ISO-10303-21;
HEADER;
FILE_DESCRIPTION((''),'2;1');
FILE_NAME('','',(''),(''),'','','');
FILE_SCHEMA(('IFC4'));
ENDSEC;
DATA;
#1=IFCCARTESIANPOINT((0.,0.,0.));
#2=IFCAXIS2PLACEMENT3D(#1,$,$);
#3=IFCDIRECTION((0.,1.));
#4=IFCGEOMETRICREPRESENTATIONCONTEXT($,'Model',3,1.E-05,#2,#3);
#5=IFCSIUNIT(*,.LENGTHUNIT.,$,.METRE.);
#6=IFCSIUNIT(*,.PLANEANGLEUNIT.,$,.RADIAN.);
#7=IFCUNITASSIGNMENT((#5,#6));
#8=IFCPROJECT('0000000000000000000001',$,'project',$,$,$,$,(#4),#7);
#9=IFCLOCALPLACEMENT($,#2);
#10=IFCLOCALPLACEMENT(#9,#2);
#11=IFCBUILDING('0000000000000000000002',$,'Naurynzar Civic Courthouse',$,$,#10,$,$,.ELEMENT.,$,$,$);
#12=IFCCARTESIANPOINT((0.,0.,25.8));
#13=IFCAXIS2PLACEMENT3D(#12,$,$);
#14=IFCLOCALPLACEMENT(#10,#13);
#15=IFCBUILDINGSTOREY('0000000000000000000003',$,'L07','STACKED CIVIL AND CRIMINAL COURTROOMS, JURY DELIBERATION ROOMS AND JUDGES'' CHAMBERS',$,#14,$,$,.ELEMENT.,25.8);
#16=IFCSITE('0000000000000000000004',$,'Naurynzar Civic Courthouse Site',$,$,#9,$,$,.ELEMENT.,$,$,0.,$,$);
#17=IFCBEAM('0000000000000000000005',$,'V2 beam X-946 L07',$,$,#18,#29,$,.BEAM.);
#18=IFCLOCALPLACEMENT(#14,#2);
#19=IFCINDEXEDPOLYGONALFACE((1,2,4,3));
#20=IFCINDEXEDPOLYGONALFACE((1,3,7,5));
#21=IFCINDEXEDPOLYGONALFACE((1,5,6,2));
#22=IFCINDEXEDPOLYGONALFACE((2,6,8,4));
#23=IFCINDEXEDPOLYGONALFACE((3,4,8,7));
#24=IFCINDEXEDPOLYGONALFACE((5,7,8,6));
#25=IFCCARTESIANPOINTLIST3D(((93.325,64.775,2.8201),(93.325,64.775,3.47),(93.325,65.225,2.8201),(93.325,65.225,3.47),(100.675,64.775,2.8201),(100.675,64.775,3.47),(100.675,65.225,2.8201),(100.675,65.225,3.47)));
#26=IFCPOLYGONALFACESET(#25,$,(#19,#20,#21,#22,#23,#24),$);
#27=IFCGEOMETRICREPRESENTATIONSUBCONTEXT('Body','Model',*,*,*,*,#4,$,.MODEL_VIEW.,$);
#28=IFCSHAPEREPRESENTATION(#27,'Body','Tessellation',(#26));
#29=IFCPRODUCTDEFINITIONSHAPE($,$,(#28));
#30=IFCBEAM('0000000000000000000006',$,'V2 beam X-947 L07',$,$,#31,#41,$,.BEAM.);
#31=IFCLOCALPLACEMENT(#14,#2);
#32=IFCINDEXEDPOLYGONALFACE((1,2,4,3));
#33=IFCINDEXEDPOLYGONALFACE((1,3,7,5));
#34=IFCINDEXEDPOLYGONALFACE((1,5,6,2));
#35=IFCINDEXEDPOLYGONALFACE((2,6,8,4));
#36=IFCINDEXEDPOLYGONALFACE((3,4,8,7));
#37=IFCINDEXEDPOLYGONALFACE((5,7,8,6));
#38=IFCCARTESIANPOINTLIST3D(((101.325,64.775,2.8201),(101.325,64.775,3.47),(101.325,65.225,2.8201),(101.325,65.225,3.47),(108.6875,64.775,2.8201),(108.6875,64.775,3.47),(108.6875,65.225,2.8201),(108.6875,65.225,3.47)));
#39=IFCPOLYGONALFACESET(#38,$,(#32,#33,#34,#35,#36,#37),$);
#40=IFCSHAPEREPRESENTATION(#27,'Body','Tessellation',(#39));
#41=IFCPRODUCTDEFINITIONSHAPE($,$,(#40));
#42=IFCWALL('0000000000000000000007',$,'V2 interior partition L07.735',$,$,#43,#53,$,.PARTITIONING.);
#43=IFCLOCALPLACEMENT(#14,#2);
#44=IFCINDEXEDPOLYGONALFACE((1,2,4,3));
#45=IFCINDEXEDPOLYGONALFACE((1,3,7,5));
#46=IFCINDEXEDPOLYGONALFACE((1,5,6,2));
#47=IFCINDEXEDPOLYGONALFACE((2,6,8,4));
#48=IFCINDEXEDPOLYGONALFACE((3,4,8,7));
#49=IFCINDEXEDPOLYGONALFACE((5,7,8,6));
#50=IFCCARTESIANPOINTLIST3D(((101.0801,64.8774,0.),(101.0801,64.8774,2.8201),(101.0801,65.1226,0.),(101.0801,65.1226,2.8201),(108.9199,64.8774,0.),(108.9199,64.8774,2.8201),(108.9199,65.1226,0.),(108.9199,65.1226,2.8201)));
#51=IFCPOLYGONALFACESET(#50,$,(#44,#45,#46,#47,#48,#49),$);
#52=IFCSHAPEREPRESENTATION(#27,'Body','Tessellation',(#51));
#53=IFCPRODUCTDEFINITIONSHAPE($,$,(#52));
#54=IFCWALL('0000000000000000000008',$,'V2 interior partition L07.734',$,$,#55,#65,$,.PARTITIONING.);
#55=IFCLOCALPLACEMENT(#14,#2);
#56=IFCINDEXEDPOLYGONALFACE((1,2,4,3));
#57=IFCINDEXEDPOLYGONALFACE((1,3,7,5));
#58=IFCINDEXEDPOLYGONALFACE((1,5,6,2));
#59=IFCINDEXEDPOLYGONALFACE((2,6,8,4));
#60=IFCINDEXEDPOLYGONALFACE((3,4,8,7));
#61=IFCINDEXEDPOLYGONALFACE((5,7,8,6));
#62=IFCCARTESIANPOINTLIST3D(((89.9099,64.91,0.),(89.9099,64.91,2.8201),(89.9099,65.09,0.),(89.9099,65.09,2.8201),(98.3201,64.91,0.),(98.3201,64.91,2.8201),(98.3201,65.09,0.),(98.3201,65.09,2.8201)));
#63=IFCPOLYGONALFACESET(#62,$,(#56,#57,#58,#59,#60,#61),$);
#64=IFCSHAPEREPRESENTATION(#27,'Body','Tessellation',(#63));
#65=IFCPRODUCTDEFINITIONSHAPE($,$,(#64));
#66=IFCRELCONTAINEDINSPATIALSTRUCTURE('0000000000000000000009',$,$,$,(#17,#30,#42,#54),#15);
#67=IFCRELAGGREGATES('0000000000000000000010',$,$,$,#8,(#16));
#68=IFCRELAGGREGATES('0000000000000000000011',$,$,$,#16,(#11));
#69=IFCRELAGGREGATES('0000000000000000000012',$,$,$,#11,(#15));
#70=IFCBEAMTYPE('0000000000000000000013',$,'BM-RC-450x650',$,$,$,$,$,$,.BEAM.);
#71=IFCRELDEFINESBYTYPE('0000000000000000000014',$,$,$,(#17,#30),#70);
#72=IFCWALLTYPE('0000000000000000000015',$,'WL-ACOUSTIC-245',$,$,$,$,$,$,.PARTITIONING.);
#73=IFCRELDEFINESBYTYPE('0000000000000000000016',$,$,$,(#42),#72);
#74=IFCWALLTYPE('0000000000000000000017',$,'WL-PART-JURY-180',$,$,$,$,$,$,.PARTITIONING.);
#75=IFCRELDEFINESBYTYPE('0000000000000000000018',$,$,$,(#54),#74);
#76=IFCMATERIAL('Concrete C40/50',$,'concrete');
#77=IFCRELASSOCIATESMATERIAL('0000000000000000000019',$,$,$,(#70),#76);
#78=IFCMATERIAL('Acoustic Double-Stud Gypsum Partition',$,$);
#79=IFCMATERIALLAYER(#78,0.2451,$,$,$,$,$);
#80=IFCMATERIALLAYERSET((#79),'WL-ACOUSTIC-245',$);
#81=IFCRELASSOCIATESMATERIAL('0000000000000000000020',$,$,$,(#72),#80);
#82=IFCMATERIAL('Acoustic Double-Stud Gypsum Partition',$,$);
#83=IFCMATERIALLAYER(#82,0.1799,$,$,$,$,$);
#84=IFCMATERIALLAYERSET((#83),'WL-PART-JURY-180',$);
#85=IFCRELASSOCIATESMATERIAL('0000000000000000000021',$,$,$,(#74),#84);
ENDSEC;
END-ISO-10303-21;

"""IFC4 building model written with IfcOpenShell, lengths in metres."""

from ifc_helpers import new_model, si_unit, direction, frame, frame_2d, origin, origin_2d, place, context, subcontext, project, spatial, rectangle, extrude, material, layer, layer_set, material_profile, profile_set, type_object, element, save


model = new_model("IFC4")

# Units and contexts
model_context = context("Model", 3, precision=1e-05, world=origin(), true_north=direction((0.0, 1.0)))
body_context = subcontext(model_context, "Body", "Model", "MODEL_VIEW")
ifc_project = project(units=[si_unit("LENGTHUNIT", "METRE"), si_unit("PLANEANGLEUNIT", "RADIAN")], contexts=[model_context])

# Site, building, storey
site_placement = place(None, origin())
site = spatial("IfcSite", under=ifc_project, at=site_placement, Name="Naurynzar Civic Courthouse Site", CompositionType="ELEMENT", RefElevation=0.0)
building_placement = place(site_placement, origin())
building = spatial("IfcBuilding", under=site, at=building_placement, Name="Naurynzar Civic Courthouse", CompositionType="ELEMENT")
storey_placement = place(building_placement, frame((0.0, 0.0, 25.8)))
storey = spatial("IfcBuildingStorey", under=building, at=storey_placement, Name="L07", Description="STACKED CIVIL AND CRIMINAL COURTROOMS, JURY DELIBERATION ROOMS AND JUDGES' CHAMBERS", CompositionType="ELEMENT", Elevation=25.8)

# Beams
ifc_material_1 = material(Name="Concrete C40/50", Category="concrete")
ifc_material_profile_1 = material_profile(ifc_material_1, rectangle(XDim=0.45, YDim=0.6499, at=origin_2d()), Name="RCB 450x650")
ifc_profile_set_1 = profile_set([ifc_material_profile_1], Name="Concrete C40/50")
beam_type_1 = type_object("IfcBeamType", Name="BM-RC-450x650", PredefinedType="BEAM", material=ifc_profile_set_1)
for number, where, z_axis, x_axis, name in (
    (1, (93.325, 65.0, 3.145), (1.0, 0.0, 0.0), (0.0, 1.0, 0.0), "V2 beam X-946 L07"),
):
    element("IfcBeam", number, at=place(storey_placement, frame(where, z_axis=z_axis, x_axis=x_axis)), inside=storey, type_object=beam_type_1, Name=name, PredefinedType="BEAM", context=body_context, shape_type="SweptSolid", body=[
        extrude(rectangle(XDim=0.45, YDim=0.6499, at=origin_2d()), origin(), (0.0, 0.0, 1.0), 7.3501),
    ])
beam_1_placement = place(storey_placement, frame((101.325, 65.0, 3.145), z_axis=(1.0, 0.0, 0.0), x_axis=(0.0, 1.0, 0.0)))
element("IfcBeam", 2, at=beam_1_placement, inside=storey, type_object=beam_type_1, Name="V2 beam X-947 L07", PredefinedType="BEAM", context=body_context, shape_type="SweptSolid", body=[
    extrude(rectangle(XDim=0.45, YDim=0.6499, at=origin_2d()), origin(), (0.0, 0.0, 1.0), 7.3625),
])

# Walls
ifc_material_2 = material(Name="Acoustic Double-Stud Gypsum Partition")
ifc_layer_1 = layer(ifc_material_2, 0.2451)
ifc_layer_set_1 = layer_set([ifc_layer_1], Name="WL-ACOUSTIC-245")
wall_type_1 = type_object("IfcWallType", Name="WL-ACOUSTIC-245", PredefinedType="PARTITIONING", material=ifc_layer_set_1)
wall_1_placement = place(storey_placement, frame((101.0801, 65.0, 0.0), z_axis=(0.0, 0.0, 1.0), x_axis=(1.0, 0.0, 0.0)))
element("IfcWall", 3, at=wall_1_placement, inside=storey, type_object=wall_type_1, Name="V2 interior partition L07.735", PredefinedType="PARTITIONING", context=body_context, shape_type="SweptSolid", body=[
    extrude(rectangle(XDim=7.8398, YDim=0.2451, at=frame_2d((3.9199, 0.0))), origin(), (0.0, 0.0, 1.0), 2.8201),
])
ifc_material_3 = material(Name="Acoustic Double-Stud Gypsum Partition")
ifc_layer_2 = layer(ifc_material_3, 0.1799)
ifc_layer_set_2 = layer_set([ifc_layer_2], Name="WL-PART-JURY-180")
wall_type_2 = type_object("IfcWallType", Name="WL-PART-JURY-180", PredefinedType="PARTITIONING", material=ifc_layer_set_2)
wall_2_placement = place(storey_placement, frame((89.9099, 65.0, 0.0), z_axis=(0.0, 0.0, 1.0), x_axis=(1.0, 0.0, 0.0)))
element("IfcWall", 4, at=wall_2_placement, inside=storey, type_object=wall_type_2, Name="V2 interior partition L07.734", PredefinedType="PARTITIONING", context=body_context, shape_type="SweptSolid", body=[
    extrude(rectangle(XDim=8.4102, YDim=0.1799, at=frame_2d((4.2051, 0.0))), origin(), (0.0, 0.0, 1.0), 2.8201),
])

save(model, "model.ifc")
